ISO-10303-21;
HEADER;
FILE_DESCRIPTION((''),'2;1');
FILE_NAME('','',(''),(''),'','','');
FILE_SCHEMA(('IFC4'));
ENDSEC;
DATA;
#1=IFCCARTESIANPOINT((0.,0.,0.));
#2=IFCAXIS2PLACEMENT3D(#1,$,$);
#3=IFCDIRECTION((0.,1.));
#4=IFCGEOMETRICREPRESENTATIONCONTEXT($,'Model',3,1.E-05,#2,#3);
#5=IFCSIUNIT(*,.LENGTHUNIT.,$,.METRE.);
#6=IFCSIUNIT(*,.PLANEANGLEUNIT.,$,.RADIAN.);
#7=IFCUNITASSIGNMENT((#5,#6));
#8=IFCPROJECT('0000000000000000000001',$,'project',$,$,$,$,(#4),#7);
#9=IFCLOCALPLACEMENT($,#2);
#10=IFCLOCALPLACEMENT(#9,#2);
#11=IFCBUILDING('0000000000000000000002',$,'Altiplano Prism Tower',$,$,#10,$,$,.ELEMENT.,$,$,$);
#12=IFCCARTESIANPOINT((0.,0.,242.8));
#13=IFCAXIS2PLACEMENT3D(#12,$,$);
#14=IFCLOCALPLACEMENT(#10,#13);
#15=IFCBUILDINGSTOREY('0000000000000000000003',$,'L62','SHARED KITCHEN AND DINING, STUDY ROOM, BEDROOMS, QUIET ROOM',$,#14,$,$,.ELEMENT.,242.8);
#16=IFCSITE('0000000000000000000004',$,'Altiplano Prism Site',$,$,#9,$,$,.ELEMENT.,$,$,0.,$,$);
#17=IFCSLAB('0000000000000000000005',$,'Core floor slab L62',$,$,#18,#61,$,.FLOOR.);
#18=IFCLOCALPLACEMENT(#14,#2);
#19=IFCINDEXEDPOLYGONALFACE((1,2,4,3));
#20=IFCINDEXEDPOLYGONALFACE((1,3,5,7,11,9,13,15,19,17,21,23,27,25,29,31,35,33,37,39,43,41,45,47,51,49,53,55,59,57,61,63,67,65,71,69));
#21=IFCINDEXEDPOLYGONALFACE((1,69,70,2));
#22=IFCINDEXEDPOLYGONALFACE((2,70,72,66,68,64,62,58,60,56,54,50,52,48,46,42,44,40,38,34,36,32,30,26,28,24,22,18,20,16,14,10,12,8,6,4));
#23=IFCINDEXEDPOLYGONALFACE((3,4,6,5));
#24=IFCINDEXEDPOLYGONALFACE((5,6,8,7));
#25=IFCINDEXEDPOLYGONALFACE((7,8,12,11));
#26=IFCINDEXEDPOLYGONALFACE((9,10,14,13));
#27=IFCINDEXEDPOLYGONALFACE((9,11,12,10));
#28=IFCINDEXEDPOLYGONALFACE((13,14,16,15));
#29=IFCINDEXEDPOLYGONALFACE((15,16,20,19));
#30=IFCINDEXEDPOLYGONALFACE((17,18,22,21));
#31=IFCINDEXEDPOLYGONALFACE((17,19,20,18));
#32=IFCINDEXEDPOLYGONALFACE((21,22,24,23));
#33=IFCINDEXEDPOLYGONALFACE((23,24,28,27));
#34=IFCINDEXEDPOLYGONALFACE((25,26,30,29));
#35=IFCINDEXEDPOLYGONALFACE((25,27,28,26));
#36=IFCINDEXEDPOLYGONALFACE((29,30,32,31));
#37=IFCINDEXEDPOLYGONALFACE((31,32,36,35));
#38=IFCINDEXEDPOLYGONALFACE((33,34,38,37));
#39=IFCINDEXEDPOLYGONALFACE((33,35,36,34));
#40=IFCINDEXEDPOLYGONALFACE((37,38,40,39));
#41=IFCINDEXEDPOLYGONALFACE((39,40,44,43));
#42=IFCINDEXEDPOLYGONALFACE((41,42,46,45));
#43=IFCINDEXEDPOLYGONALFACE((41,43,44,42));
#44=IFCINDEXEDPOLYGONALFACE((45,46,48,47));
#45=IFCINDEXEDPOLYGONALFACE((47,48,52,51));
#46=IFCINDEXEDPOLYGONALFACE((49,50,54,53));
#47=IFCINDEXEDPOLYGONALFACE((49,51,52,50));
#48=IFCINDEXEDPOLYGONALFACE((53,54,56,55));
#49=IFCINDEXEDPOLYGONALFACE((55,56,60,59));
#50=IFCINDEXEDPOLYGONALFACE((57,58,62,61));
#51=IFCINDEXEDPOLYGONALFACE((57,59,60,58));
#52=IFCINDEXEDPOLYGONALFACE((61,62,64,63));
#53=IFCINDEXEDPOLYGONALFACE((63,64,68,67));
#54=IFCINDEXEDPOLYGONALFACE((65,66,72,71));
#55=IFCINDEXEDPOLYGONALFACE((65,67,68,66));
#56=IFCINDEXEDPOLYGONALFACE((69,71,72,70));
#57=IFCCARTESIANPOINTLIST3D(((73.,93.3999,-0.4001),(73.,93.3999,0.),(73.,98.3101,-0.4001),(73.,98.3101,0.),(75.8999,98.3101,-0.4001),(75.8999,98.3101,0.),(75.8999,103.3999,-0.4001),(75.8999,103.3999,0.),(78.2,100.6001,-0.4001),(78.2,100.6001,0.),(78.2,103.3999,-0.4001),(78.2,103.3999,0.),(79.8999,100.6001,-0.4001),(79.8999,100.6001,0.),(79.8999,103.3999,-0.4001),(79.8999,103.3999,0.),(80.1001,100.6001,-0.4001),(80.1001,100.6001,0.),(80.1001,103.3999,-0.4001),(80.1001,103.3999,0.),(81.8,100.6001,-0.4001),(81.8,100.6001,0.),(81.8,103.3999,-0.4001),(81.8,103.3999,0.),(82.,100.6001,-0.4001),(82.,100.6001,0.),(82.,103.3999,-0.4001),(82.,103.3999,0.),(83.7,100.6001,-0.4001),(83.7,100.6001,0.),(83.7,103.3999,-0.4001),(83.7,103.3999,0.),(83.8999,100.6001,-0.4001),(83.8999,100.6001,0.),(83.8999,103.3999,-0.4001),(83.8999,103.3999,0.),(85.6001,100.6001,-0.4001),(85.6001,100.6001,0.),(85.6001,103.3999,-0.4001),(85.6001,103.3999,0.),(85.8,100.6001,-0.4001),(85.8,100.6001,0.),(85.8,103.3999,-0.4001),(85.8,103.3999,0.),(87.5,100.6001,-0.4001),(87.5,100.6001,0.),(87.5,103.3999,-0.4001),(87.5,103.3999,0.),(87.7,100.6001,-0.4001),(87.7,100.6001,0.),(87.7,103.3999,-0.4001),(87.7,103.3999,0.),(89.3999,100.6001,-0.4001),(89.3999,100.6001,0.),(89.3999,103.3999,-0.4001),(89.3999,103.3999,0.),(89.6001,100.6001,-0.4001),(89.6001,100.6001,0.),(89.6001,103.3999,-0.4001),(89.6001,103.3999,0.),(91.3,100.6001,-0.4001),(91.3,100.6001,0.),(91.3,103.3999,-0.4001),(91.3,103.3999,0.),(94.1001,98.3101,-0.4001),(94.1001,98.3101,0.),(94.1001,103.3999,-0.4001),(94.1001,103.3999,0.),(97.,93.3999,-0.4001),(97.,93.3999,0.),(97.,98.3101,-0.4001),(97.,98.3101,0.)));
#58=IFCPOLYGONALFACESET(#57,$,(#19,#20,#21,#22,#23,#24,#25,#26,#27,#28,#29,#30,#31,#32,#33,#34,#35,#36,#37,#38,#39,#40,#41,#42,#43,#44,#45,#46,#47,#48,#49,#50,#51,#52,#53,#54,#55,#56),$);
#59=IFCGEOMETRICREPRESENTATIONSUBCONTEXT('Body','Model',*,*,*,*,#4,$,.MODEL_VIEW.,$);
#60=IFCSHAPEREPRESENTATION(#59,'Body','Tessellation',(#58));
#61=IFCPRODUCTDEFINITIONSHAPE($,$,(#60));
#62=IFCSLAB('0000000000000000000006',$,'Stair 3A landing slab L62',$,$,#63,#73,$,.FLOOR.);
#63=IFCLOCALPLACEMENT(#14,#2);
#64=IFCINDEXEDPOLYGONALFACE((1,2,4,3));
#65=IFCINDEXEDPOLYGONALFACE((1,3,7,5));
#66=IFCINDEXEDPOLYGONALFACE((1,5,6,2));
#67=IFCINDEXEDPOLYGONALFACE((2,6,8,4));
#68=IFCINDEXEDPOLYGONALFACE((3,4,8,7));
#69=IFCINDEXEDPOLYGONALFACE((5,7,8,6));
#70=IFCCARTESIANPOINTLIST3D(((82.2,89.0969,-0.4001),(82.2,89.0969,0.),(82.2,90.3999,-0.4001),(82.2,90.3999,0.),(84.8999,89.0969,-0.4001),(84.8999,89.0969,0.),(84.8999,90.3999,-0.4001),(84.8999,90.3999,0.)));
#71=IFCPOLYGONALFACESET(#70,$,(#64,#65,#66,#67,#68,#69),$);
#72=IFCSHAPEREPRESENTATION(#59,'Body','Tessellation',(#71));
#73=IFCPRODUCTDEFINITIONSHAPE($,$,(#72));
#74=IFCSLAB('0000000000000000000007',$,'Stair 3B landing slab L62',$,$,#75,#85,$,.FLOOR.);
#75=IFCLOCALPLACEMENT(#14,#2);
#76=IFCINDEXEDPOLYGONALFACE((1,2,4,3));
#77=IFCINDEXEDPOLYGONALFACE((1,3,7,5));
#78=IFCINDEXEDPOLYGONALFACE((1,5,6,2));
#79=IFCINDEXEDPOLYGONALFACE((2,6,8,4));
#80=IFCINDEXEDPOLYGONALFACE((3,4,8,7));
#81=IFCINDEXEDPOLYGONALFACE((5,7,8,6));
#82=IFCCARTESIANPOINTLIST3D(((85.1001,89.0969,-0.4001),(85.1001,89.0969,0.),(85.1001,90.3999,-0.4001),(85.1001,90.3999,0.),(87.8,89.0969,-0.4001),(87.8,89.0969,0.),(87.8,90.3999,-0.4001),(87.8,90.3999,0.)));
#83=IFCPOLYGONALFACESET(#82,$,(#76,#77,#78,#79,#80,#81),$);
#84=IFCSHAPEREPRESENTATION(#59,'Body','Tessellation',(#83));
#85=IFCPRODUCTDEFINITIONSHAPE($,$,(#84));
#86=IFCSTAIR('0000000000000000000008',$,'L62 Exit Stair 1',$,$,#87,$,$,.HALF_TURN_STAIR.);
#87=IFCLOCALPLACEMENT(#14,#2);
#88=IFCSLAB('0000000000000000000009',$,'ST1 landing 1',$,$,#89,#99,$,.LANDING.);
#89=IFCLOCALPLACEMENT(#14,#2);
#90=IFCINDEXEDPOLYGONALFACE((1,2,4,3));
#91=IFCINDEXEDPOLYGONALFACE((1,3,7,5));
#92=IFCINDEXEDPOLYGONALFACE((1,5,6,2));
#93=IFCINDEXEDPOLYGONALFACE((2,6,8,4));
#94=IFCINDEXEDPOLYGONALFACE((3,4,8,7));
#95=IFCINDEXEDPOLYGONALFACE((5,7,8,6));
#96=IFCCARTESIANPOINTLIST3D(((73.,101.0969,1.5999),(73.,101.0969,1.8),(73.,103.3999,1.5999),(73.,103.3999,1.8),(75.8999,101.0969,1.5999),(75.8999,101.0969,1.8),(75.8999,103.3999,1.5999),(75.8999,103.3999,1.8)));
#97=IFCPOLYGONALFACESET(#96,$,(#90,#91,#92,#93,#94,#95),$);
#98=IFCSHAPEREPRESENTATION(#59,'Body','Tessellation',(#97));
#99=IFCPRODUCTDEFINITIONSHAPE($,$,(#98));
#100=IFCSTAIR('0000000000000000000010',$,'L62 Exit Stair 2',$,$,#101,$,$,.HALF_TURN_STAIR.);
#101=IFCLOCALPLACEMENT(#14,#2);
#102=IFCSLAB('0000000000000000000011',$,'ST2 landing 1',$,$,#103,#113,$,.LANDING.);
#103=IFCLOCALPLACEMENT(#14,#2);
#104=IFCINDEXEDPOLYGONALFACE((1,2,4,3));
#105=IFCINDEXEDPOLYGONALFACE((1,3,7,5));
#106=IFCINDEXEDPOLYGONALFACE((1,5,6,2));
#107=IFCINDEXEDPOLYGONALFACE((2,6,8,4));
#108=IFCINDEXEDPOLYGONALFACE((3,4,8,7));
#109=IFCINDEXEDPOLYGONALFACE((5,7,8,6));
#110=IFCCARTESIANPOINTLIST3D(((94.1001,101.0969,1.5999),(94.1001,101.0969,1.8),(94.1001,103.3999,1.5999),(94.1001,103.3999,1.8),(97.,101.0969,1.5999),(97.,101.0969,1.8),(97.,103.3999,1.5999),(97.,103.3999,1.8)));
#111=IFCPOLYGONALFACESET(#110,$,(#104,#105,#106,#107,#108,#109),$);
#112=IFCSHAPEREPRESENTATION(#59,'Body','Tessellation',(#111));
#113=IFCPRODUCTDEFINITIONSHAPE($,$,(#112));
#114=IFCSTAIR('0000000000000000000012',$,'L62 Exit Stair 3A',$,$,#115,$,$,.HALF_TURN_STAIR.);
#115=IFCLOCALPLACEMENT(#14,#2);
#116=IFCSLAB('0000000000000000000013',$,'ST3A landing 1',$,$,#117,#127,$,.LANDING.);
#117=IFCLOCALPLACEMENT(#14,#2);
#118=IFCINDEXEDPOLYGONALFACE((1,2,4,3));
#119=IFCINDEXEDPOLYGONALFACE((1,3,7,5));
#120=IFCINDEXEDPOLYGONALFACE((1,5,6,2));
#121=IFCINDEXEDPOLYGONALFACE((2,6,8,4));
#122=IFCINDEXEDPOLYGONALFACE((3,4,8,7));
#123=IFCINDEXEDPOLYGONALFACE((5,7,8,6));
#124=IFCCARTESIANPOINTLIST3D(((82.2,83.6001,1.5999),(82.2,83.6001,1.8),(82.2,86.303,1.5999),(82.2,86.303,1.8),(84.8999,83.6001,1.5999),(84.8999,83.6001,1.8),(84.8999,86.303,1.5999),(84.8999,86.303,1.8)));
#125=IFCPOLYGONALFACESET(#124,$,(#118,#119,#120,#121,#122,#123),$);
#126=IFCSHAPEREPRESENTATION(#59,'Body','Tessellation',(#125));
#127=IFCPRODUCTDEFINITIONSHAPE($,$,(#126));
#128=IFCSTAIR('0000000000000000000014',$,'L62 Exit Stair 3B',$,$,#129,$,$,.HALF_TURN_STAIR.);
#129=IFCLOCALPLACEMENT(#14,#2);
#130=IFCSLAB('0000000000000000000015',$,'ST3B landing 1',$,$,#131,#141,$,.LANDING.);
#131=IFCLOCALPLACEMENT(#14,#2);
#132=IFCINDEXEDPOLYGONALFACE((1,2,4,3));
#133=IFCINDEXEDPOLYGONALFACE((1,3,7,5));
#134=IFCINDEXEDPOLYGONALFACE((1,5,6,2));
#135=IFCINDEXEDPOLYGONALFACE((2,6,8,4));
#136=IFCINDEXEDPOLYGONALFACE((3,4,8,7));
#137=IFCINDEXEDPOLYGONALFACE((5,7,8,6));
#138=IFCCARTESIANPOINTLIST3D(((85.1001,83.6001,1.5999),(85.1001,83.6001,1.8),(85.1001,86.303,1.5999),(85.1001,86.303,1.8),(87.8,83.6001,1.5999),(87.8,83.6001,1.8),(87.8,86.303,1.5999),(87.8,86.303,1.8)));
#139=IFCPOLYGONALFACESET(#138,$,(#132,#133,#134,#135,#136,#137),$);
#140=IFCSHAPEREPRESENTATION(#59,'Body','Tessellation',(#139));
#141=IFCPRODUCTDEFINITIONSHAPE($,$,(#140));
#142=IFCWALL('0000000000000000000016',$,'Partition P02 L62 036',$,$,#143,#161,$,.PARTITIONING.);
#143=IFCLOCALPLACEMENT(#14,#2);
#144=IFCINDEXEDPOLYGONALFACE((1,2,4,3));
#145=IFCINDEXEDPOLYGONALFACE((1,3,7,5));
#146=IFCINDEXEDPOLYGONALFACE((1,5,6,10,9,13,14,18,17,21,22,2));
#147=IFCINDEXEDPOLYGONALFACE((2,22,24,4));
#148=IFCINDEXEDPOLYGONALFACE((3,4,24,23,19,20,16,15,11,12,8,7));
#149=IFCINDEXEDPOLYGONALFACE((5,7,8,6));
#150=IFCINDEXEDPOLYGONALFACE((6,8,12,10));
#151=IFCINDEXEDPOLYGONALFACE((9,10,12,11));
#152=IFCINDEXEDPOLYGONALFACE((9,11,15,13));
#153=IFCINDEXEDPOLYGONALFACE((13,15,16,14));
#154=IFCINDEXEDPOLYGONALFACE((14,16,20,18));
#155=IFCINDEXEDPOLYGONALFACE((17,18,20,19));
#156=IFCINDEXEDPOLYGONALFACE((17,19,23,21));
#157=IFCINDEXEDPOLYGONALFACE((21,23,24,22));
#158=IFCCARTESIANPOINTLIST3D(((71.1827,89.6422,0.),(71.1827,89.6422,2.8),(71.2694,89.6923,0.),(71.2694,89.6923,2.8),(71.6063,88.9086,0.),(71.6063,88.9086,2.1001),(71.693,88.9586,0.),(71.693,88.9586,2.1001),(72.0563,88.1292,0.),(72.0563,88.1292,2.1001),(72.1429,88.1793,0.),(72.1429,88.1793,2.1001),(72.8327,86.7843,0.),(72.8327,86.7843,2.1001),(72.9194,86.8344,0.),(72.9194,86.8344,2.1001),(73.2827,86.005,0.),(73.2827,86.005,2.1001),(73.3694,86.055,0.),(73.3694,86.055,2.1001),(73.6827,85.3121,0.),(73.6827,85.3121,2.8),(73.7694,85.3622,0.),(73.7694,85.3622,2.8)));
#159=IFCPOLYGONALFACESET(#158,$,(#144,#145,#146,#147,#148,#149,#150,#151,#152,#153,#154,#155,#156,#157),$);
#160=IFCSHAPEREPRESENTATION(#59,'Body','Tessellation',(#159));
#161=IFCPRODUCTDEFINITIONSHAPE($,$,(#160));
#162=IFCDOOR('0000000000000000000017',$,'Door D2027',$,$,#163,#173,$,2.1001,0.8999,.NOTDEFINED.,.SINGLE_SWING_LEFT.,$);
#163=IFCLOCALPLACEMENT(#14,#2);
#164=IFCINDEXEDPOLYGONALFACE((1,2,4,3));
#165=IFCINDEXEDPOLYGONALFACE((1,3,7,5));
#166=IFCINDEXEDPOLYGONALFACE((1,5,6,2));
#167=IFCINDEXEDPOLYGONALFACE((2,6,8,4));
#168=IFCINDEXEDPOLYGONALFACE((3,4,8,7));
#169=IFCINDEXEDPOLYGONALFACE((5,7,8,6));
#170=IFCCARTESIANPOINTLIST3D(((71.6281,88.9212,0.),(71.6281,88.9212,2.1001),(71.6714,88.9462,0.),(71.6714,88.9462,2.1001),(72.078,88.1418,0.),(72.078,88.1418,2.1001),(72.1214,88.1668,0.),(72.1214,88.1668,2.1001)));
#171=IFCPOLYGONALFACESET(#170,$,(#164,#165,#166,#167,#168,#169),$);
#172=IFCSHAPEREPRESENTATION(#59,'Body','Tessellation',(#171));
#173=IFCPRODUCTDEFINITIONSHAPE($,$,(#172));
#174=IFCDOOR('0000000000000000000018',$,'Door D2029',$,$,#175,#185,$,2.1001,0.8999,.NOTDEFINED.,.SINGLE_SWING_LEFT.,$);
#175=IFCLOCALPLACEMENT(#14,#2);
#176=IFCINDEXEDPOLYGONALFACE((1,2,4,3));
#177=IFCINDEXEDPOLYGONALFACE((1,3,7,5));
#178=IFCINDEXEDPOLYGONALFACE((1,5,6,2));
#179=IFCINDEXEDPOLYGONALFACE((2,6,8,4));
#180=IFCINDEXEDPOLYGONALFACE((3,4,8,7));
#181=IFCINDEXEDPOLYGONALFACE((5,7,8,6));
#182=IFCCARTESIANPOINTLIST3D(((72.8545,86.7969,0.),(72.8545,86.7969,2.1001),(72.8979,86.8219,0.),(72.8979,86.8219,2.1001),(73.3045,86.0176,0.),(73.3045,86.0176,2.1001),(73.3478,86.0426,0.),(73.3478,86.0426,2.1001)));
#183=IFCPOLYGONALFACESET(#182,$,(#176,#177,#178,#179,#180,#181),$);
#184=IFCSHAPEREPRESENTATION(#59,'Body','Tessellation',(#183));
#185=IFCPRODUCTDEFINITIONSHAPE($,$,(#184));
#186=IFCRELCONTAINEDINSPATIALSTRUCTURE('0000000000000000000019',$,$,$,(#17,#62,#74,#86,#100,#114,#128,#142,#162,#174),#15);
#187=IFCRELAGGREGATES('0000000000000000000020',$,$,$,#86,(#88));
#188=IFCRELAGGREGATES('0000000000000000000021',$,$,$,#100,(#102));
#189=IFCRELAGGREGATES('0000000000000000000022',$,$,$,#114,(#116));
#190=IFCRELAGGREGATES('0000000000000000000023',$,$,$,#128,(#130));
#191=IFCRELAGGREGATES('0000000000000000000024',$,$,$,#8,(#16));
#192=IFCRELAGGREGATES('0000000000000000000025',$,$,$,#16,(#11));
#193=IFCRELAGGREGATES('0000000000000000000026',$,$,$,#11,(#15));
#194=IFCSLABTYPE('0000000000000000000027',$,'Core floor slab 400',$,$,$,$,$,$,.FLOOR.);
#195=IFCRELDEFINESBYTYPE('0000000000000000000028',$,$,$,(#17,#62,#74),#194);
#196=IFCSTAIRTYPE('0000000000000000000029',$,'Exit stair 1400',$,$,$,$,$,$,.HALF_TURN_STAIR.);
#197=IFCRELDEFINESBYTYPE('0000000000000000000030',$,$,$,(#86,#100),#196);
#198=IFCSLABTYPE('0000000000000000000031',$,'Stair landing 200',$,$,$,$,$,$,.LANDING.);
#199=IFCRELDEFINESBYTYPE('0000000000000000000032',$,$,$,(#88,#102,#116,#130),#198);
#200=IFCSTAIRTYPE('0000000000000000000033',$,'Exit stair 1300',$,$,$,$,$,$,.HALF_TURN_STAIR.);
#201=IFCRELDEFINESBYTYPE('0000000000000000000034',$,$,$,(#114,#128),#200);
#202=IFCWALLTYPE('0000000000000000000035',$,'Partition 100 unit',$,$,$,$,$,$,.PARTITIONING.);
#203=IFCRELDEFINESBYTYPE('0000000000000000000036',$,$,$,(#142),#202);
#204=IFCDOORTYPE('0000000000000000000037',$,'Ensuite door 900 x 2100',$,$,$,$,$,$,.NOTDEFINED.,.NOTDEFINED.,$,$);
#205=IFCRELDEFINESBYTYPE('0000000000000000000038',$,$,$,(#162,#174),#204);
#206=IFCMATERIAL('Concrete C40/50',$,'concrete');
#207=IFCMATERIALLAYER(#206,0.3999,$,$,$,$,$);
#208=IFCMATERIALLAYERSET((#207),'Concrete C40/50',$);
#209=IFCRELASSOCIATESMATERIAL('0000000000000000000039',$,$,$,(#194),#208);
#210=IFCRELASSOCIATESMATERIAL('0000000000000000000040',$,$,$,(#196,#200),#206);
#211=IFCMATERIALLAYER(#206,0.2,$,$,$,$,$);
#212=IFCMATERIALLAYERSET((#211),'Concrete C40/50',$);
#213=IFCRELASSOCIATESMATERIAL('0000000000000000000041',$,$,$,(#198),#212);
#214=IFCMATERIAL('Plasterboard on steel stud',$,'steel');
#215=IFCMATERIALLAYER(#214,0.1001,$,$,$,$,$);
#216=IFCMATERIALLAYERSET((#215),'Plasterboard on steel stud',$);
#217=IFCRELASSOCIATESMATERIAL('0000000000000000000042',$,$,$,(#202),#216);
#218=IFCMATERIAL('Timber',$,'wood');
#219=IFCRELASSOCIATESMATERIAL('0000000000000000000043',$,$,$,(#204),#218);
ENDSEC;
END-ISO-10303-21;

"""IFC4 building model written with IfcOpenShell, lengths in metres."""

from ifc_helpers import new_model, si_unit, direction, frame, frame_2d, origin, place, context, subcontext, project, spatial, polyline, rectangle, outline, extrude, material, layer, layer_set, type_object, element, fill, aggregate, save


model = new_model("IFC4")

# Units and contexts
model_context = context("Model", 3, precision=1e-05, world=origin(), true_north=direction((0.0, 1.0)))
body_context = subcontext(model_context, "Body", "Model", "MODEL_VIEW")
ifc_project = project(units=[si_unit("LENGTHUNIT", "METRE"), si_unit("PLANEANGLEUNIT", "RADIAN")], contexts=[model_context])

# Site, building, storey
site_placement = place(None, origin())
site = spatial("IfcSite", under=ifc_project, at=site_placement, Name="Altiplano Prism Site", CompositionType="ELEMENT", RefElevation=0.0)
building_placement = place(site_placement, origin())
building = spatial("IfcBuilding", under=site, at=building_placement, Name="Altiplano Prism Tower", CompositionType="ELEMENT")
storey_placement = place(building_placement, frame((0.0, 0.0, 242.8)))
storey = spatial("IfcBuildingStorey", under=building, at=storey_placement, Name="L62", Description="SHARED KITCHEN AND DINING, STUDY ROOM, BEDROOMS, QUIET ROOM", CompositionType="ELEMENT", Elevation=242.8)

# Slabs
ifc_material_1 = material(Name="Concrete C40/50", Category="concrete")
ifc_layer_1 = layer(ifc_material_1, 0.3999)
ifc_layer_set_1 = layer_set([ifc_layer_1], Name="Concrete C40/50")
slab_type_1 = type_object("IfcSlabType", Name="Core floor slab 400", PredefinedType="FLOOR", material=ifc_layer_set_1)
slab_1_placement = place(storey_placement, frame((0.0, 0.0, -0.4001)))
element("IfcSlab", 1, at=slab_1_placement, inside=storey, type_object=slab_type_1, Name="Core floor slab L62", PredefinedType="FLOOR", context=body_context, shape_type="SweptSolid", body=[
    extrude(outline(polyline([(97.0, 98.3101), (94.1001, 98.3101), (94.1001, 103.3999), (91.3, 103.3999), (91.3, 100.6001), (89.6001, 100.6001), (89.6001, 103.3999), (89.3999, 103.3999), (89.3999, 100.6001), (87.7, 100.6001), (87.7, 103.3999), (87.5, 103.3999), (87.5, 100.6001), (85.8, 100.6001), (85.8, 103.3999), (85.6001, 103.3999), (85.6001, 100.6001), (83.8999, 100.6001), (83.8999, 103.3999), (83.7, 103.3999), (83.7, 100.6001), (82.0, 100.6001), (82.0, 103.3999), (81.8, 103.3999), (81.8, 100.6001), (80.1001, 100.6001), (80.1001, 103.3999), (79.8999, 103.3999), (79.8999, 100.6001), (78.2, 100.6001), (78.2, 103.3999), (75.8999, 103.3999), (75.8999, 98.3101), (73.0, 98.3101), (73.0, 93.3999), (97.0, 93.3999), (97.0, 98.3101)])), origin(), (0.0, 0.0, 1.0), 0.4001),
])
slab_2_placement = place(storey_placement, frame((0.0, 0.0, -0.4001)))
element("IfcSlab", 2, at=slab_2_placement, inside=storey, type_object=slab_type_1, Name="Stair 3A landing slab L62", PredefinedType="FLOOR", context=body_context, shape_type="SweptSolid", body=[
    extrude(outline(polyline([(82.2, 89.0969), (84.8999, 89.0969), (84.8999, 90.3999), (82.2, 90.3999), (82.2, 89.0969)])), origin(), (0.0, 0.0, 1.0), 0.4001),
])
slab_3_placement = place(storey_placement, frame((0.0, 0.0, -0.4001)))
element("IfcSlab", 3, at=slab_3_placement, inside=storey, type_object=slab_type_1, Name="Stair 3B landing slab L62", PredefinedType="FLOOR", context=body_context, shape_type="SweptSolid", body=[
    extrude(outline(polyline([(85.1001, 89.0969), (87.8, 89.0969), (87.8, 90.3999), (85.1001, 90.3999), (85.1001, 89.0969)])), origin(), (0.0, 0.0, 1.0), 0.4001),
])

# Stairs, slabs
stair_type_1 = type_object("IfcStairType", Name="Exit stair 1400", PredefinedType="HALF_TURN_STAIR", material=ifc_material_1)
stair_1_placement = place(storey_placement, origin())
stair_1 = element("IfcStair", 4, at=stair_1_placement, inside=storey, type_object=stair_type_1, Name="L62 Exit Stair 1", PredefinedType="HALF_TURN_STAIR")
ifc_layer_2 = layer(ifc_material_1, 0.2)
ifc_layer_set_2 = layer_set([ifc_layer_2], Name="Concrete C40/50")
slab_type_2 = type_object("IfcSlabType", Name="Stair landing 200", PredefinedType="LANDING", material=ifc_layer_set_2)
slab_4_placement = place(storey_placement, frame((0.0, 0.0, 1.5999)))
slab_4 = element("IfcSlab", 5, at=slab_4_placement, type_object=slab_type_2, Name="ST1 landing 1", PredefinedType="LANDING", context=body_context, shape_type="SweptSolid", body=[
    extrude(outline(polyline([(75.8999, 101.0969), (75.8999, 103.3999), (73.0, 103.3999), (73.0, 101.0969), (75.8999, 101.0969)])), origin(), (0.0, 0.0, 1.0), 0.2002),
])
aggregate(stair_1, [slab_4])
stair_2_placement = place(storey_placement, origin())
stair_2 = element("IfcStair", 6, at=stair_2_placement, inside=storey, type_object=stair_type_1, Name="L62 Exit Stair 2", PredefinedType="HALF_TURN_STAIR")
slab_5_placement = place(storey_placement, frame((0.0, 0.0, 1.5999)))
slab_5 = element("IfcSlab", 7, at=slab_5_placement, type_object=slab_type_2, Name="ST2 landing 1", PredefinedType="LANDING", context=body_context, shape_type="SweptSolid", body=[
    extrude(outline(polyline([(97.0, 101.0969), (97.0, 103.3999), (94.1001, 103.3999), (94.1001, 101.0969), (97.0, 101.0969)])), origin(), (0.0, 0.0, 1.0), 0.2002),
])
aggregate(stair_2, [slab_5])
stair_type_2 = type_object("IfcStairType", Name="Exit stair 1300", PredefinedType="HALF_TURN_STAIR", material=ifc_material_1)
stair_3_placement = place(storey_placement, origin())
stair_3 = element("IfcStair", 8, at=stair_3_placement, inside=storey, type_object=stair_type_2, Name="L62 Exit Stair 3A", PredefinedType="HALF_TURN_STAIR")
slab_6_placement = place(storey_placement, frame((0.0, 0.0, 1.5999)))
slab_6 = element("IfcSlab", 9, at=slab_6_placement, type_object=slab_type_2, Name="ST3A landing 1", PredefinedType="LANDING", context=body_context, shape_type="SweptSolid", body=[
    extrude(outline(polyline([(82.2, 86.303), (82.2, 83.6001), (84.8999, 83.6001), (84.8999, 86.303), (82.2, 86.303)])), origin(), (0.0, 0.0, 1.0), 0.2002),
])
aggregate(stair_3, [slab_6])
stair_4_placement = place(storey_placement, origin())
stair_4 = element("IfcStair", 10, at=stair_4_placement, inside=storey, type_object=stair_type_2, Name="L62 Exit Stair 3B", PredefinedType="HALF_TURN_STAIR")
slab_7_placement = place(storey_placement, frame((0.0, 0.0, 1.5999)))
slab_7 = element("IfcSlab", 11, at=slab_7_placement, type_object=slab_type_2, Name="ST3B landing 1", PredefinedType="LANDING", context=body_context, shape_type="SweptSolid", body=[
    extrude(outline(polyline([(85.1001, 86.303), (85.1001, 83.6001), (87.8, 83.6001), (87.8, 86.303), (85.1001, 86.303)])), origin(), (0.0, 0.0, 1.0), 0.2002),
])
aggregate(stair_4, [slab_7])

# Wall, openings, doors
ifc_material_2 = material(Name="Plasterboard on steel stud", Category="steel")
ifc_layer_3 = layer(ifc_material_2, 0.1001)
ifc_layer_set_3 = layer_set([ifc_layer_3], Name="Plasterboard on steel stud")
wall_type_1 = type_object("IfcWallType", Name="Partition 100 unit", PredefinedType="PARTITIONING", material=ifc_layer_set_3)
wall_1_placement = place(storey_placement, frame((73.7261, 85.3372, 0.0), z_axis=(0.0, 0.0, 1.0), x_axis=(-0.500004, 0.866023, 0.0)))
wall_1 = element("IfcWall", 12, at=wall_1_placement, inside=storey, type_object=wall_type_1, Name="Partition P02 L62 036", PredefinedType="PARTITIONING", context=body_context, shape_type="SweptSolid", body=[
    extrude(rectangle(XDim=5.0, YDim=0.1001, at=frame_2d((2.5, 0.0))), origin(), (0.0, 0.0, 1.0), 2.8),
])
opening_1_placement = place(wall_1_placement, frame((3.2529, 0.0, 0.0)))
opening_1 = element("IfcOpeningElement", 13, at=opening_1_placement, cuts=wall_1, PredefinedType="OPENING", context=body_context, shape_type="SweptSolid", body=[
    extrude(rectangle(XDim=0.8999, YDim=2.1001, at=frame_2d((0.45, 1.05))), frame((0.0, 0.0605, 0.0), z_axis=(0.0, -1.0, 0.0), x_axis=(1.0, 0.0, 0.0)), (0.0, 0.0, 1.0), 0.1211),
])
opening_2_placement = place(wall_1_placement, frame((0.8, 0.0, 0.0)))
opening_2 = element("IfcOpeningElement", 14, at=opening_2_placement, cuts=wall_1, PredefinedType="OPENING", context=body_context, shape_type="SweptSolid", body=[
    extrude(rectangle(XDim=0.8999, YDim=2.1001, at=frame_2d((0.45, 1.05))), frame((0.0, 0.0605, 0.0), z_axis=(0.0, -1.0, 0.0), x_axis=(1.0, 0.0, 0.0)), (0.0, 0.0, 1.0), 0.1211),
])
ifc_material_3 = material(Name="Timber", Category="wood")
door_type = type_object("IfcDoorType", Name="Ensuite door 900 x 2100", OperationType="NOTDEFINED", PredefinedType="NOTDEFINED", material=ifc_material_3)
door_1_placement = place(opening_1_placement, origin())
door_1 = element("IfcDoor", 15, at=door_1_placement, inside=storey, type_object=door_type, Name="Door D2027", OperationType="SINGLE_SWING_LEFT", OverallHeight=2.1001, OverallWidth=0.8999, PredefinedType="NOTDEFINED", context=body_context, shape_type="SweptSolid", body=[
    extrude(rectangle(XDim=0.8999, YDim=2.1001, at=frame_2d((0.45, 1.05))), frame((0.0, 0.0249, 0.0), z_axis=(0.0, -1.0, 0.0), x_axis=(1.0, 0.0, 0.0)), (0.0, 0.0, 1.0), 0.05),
])
fill(opening_1, door_1)
door_2_placement = place(opening_2_placement, origin())
door_2 = element("IfcDoor", 16, at=door_2_placement, inside=storey, type_object=door_type, Name="Door D2029", OperationType="SINGLE_SWING_LEFT", OverallHeight=2.1001, OverallWidth=0.8999, PredefinedType="NOTDEFINED", context=body_context, shape_type="SweptSolid", body=[
    extrude(rectangle(XDim=0.8999, YDim=2.1001, at=frame_2d((0.45, 1.05))), frame((0.0, 0.0249, 0.0), z_axis=(0.0, -1.0, 0.0), x_axis=(1.0, 0.0, 0.0)), (0.0, 0.0, 1.0), 0.05),
])
fill(opening_2, door_2)

save(model, "model.ifc")
